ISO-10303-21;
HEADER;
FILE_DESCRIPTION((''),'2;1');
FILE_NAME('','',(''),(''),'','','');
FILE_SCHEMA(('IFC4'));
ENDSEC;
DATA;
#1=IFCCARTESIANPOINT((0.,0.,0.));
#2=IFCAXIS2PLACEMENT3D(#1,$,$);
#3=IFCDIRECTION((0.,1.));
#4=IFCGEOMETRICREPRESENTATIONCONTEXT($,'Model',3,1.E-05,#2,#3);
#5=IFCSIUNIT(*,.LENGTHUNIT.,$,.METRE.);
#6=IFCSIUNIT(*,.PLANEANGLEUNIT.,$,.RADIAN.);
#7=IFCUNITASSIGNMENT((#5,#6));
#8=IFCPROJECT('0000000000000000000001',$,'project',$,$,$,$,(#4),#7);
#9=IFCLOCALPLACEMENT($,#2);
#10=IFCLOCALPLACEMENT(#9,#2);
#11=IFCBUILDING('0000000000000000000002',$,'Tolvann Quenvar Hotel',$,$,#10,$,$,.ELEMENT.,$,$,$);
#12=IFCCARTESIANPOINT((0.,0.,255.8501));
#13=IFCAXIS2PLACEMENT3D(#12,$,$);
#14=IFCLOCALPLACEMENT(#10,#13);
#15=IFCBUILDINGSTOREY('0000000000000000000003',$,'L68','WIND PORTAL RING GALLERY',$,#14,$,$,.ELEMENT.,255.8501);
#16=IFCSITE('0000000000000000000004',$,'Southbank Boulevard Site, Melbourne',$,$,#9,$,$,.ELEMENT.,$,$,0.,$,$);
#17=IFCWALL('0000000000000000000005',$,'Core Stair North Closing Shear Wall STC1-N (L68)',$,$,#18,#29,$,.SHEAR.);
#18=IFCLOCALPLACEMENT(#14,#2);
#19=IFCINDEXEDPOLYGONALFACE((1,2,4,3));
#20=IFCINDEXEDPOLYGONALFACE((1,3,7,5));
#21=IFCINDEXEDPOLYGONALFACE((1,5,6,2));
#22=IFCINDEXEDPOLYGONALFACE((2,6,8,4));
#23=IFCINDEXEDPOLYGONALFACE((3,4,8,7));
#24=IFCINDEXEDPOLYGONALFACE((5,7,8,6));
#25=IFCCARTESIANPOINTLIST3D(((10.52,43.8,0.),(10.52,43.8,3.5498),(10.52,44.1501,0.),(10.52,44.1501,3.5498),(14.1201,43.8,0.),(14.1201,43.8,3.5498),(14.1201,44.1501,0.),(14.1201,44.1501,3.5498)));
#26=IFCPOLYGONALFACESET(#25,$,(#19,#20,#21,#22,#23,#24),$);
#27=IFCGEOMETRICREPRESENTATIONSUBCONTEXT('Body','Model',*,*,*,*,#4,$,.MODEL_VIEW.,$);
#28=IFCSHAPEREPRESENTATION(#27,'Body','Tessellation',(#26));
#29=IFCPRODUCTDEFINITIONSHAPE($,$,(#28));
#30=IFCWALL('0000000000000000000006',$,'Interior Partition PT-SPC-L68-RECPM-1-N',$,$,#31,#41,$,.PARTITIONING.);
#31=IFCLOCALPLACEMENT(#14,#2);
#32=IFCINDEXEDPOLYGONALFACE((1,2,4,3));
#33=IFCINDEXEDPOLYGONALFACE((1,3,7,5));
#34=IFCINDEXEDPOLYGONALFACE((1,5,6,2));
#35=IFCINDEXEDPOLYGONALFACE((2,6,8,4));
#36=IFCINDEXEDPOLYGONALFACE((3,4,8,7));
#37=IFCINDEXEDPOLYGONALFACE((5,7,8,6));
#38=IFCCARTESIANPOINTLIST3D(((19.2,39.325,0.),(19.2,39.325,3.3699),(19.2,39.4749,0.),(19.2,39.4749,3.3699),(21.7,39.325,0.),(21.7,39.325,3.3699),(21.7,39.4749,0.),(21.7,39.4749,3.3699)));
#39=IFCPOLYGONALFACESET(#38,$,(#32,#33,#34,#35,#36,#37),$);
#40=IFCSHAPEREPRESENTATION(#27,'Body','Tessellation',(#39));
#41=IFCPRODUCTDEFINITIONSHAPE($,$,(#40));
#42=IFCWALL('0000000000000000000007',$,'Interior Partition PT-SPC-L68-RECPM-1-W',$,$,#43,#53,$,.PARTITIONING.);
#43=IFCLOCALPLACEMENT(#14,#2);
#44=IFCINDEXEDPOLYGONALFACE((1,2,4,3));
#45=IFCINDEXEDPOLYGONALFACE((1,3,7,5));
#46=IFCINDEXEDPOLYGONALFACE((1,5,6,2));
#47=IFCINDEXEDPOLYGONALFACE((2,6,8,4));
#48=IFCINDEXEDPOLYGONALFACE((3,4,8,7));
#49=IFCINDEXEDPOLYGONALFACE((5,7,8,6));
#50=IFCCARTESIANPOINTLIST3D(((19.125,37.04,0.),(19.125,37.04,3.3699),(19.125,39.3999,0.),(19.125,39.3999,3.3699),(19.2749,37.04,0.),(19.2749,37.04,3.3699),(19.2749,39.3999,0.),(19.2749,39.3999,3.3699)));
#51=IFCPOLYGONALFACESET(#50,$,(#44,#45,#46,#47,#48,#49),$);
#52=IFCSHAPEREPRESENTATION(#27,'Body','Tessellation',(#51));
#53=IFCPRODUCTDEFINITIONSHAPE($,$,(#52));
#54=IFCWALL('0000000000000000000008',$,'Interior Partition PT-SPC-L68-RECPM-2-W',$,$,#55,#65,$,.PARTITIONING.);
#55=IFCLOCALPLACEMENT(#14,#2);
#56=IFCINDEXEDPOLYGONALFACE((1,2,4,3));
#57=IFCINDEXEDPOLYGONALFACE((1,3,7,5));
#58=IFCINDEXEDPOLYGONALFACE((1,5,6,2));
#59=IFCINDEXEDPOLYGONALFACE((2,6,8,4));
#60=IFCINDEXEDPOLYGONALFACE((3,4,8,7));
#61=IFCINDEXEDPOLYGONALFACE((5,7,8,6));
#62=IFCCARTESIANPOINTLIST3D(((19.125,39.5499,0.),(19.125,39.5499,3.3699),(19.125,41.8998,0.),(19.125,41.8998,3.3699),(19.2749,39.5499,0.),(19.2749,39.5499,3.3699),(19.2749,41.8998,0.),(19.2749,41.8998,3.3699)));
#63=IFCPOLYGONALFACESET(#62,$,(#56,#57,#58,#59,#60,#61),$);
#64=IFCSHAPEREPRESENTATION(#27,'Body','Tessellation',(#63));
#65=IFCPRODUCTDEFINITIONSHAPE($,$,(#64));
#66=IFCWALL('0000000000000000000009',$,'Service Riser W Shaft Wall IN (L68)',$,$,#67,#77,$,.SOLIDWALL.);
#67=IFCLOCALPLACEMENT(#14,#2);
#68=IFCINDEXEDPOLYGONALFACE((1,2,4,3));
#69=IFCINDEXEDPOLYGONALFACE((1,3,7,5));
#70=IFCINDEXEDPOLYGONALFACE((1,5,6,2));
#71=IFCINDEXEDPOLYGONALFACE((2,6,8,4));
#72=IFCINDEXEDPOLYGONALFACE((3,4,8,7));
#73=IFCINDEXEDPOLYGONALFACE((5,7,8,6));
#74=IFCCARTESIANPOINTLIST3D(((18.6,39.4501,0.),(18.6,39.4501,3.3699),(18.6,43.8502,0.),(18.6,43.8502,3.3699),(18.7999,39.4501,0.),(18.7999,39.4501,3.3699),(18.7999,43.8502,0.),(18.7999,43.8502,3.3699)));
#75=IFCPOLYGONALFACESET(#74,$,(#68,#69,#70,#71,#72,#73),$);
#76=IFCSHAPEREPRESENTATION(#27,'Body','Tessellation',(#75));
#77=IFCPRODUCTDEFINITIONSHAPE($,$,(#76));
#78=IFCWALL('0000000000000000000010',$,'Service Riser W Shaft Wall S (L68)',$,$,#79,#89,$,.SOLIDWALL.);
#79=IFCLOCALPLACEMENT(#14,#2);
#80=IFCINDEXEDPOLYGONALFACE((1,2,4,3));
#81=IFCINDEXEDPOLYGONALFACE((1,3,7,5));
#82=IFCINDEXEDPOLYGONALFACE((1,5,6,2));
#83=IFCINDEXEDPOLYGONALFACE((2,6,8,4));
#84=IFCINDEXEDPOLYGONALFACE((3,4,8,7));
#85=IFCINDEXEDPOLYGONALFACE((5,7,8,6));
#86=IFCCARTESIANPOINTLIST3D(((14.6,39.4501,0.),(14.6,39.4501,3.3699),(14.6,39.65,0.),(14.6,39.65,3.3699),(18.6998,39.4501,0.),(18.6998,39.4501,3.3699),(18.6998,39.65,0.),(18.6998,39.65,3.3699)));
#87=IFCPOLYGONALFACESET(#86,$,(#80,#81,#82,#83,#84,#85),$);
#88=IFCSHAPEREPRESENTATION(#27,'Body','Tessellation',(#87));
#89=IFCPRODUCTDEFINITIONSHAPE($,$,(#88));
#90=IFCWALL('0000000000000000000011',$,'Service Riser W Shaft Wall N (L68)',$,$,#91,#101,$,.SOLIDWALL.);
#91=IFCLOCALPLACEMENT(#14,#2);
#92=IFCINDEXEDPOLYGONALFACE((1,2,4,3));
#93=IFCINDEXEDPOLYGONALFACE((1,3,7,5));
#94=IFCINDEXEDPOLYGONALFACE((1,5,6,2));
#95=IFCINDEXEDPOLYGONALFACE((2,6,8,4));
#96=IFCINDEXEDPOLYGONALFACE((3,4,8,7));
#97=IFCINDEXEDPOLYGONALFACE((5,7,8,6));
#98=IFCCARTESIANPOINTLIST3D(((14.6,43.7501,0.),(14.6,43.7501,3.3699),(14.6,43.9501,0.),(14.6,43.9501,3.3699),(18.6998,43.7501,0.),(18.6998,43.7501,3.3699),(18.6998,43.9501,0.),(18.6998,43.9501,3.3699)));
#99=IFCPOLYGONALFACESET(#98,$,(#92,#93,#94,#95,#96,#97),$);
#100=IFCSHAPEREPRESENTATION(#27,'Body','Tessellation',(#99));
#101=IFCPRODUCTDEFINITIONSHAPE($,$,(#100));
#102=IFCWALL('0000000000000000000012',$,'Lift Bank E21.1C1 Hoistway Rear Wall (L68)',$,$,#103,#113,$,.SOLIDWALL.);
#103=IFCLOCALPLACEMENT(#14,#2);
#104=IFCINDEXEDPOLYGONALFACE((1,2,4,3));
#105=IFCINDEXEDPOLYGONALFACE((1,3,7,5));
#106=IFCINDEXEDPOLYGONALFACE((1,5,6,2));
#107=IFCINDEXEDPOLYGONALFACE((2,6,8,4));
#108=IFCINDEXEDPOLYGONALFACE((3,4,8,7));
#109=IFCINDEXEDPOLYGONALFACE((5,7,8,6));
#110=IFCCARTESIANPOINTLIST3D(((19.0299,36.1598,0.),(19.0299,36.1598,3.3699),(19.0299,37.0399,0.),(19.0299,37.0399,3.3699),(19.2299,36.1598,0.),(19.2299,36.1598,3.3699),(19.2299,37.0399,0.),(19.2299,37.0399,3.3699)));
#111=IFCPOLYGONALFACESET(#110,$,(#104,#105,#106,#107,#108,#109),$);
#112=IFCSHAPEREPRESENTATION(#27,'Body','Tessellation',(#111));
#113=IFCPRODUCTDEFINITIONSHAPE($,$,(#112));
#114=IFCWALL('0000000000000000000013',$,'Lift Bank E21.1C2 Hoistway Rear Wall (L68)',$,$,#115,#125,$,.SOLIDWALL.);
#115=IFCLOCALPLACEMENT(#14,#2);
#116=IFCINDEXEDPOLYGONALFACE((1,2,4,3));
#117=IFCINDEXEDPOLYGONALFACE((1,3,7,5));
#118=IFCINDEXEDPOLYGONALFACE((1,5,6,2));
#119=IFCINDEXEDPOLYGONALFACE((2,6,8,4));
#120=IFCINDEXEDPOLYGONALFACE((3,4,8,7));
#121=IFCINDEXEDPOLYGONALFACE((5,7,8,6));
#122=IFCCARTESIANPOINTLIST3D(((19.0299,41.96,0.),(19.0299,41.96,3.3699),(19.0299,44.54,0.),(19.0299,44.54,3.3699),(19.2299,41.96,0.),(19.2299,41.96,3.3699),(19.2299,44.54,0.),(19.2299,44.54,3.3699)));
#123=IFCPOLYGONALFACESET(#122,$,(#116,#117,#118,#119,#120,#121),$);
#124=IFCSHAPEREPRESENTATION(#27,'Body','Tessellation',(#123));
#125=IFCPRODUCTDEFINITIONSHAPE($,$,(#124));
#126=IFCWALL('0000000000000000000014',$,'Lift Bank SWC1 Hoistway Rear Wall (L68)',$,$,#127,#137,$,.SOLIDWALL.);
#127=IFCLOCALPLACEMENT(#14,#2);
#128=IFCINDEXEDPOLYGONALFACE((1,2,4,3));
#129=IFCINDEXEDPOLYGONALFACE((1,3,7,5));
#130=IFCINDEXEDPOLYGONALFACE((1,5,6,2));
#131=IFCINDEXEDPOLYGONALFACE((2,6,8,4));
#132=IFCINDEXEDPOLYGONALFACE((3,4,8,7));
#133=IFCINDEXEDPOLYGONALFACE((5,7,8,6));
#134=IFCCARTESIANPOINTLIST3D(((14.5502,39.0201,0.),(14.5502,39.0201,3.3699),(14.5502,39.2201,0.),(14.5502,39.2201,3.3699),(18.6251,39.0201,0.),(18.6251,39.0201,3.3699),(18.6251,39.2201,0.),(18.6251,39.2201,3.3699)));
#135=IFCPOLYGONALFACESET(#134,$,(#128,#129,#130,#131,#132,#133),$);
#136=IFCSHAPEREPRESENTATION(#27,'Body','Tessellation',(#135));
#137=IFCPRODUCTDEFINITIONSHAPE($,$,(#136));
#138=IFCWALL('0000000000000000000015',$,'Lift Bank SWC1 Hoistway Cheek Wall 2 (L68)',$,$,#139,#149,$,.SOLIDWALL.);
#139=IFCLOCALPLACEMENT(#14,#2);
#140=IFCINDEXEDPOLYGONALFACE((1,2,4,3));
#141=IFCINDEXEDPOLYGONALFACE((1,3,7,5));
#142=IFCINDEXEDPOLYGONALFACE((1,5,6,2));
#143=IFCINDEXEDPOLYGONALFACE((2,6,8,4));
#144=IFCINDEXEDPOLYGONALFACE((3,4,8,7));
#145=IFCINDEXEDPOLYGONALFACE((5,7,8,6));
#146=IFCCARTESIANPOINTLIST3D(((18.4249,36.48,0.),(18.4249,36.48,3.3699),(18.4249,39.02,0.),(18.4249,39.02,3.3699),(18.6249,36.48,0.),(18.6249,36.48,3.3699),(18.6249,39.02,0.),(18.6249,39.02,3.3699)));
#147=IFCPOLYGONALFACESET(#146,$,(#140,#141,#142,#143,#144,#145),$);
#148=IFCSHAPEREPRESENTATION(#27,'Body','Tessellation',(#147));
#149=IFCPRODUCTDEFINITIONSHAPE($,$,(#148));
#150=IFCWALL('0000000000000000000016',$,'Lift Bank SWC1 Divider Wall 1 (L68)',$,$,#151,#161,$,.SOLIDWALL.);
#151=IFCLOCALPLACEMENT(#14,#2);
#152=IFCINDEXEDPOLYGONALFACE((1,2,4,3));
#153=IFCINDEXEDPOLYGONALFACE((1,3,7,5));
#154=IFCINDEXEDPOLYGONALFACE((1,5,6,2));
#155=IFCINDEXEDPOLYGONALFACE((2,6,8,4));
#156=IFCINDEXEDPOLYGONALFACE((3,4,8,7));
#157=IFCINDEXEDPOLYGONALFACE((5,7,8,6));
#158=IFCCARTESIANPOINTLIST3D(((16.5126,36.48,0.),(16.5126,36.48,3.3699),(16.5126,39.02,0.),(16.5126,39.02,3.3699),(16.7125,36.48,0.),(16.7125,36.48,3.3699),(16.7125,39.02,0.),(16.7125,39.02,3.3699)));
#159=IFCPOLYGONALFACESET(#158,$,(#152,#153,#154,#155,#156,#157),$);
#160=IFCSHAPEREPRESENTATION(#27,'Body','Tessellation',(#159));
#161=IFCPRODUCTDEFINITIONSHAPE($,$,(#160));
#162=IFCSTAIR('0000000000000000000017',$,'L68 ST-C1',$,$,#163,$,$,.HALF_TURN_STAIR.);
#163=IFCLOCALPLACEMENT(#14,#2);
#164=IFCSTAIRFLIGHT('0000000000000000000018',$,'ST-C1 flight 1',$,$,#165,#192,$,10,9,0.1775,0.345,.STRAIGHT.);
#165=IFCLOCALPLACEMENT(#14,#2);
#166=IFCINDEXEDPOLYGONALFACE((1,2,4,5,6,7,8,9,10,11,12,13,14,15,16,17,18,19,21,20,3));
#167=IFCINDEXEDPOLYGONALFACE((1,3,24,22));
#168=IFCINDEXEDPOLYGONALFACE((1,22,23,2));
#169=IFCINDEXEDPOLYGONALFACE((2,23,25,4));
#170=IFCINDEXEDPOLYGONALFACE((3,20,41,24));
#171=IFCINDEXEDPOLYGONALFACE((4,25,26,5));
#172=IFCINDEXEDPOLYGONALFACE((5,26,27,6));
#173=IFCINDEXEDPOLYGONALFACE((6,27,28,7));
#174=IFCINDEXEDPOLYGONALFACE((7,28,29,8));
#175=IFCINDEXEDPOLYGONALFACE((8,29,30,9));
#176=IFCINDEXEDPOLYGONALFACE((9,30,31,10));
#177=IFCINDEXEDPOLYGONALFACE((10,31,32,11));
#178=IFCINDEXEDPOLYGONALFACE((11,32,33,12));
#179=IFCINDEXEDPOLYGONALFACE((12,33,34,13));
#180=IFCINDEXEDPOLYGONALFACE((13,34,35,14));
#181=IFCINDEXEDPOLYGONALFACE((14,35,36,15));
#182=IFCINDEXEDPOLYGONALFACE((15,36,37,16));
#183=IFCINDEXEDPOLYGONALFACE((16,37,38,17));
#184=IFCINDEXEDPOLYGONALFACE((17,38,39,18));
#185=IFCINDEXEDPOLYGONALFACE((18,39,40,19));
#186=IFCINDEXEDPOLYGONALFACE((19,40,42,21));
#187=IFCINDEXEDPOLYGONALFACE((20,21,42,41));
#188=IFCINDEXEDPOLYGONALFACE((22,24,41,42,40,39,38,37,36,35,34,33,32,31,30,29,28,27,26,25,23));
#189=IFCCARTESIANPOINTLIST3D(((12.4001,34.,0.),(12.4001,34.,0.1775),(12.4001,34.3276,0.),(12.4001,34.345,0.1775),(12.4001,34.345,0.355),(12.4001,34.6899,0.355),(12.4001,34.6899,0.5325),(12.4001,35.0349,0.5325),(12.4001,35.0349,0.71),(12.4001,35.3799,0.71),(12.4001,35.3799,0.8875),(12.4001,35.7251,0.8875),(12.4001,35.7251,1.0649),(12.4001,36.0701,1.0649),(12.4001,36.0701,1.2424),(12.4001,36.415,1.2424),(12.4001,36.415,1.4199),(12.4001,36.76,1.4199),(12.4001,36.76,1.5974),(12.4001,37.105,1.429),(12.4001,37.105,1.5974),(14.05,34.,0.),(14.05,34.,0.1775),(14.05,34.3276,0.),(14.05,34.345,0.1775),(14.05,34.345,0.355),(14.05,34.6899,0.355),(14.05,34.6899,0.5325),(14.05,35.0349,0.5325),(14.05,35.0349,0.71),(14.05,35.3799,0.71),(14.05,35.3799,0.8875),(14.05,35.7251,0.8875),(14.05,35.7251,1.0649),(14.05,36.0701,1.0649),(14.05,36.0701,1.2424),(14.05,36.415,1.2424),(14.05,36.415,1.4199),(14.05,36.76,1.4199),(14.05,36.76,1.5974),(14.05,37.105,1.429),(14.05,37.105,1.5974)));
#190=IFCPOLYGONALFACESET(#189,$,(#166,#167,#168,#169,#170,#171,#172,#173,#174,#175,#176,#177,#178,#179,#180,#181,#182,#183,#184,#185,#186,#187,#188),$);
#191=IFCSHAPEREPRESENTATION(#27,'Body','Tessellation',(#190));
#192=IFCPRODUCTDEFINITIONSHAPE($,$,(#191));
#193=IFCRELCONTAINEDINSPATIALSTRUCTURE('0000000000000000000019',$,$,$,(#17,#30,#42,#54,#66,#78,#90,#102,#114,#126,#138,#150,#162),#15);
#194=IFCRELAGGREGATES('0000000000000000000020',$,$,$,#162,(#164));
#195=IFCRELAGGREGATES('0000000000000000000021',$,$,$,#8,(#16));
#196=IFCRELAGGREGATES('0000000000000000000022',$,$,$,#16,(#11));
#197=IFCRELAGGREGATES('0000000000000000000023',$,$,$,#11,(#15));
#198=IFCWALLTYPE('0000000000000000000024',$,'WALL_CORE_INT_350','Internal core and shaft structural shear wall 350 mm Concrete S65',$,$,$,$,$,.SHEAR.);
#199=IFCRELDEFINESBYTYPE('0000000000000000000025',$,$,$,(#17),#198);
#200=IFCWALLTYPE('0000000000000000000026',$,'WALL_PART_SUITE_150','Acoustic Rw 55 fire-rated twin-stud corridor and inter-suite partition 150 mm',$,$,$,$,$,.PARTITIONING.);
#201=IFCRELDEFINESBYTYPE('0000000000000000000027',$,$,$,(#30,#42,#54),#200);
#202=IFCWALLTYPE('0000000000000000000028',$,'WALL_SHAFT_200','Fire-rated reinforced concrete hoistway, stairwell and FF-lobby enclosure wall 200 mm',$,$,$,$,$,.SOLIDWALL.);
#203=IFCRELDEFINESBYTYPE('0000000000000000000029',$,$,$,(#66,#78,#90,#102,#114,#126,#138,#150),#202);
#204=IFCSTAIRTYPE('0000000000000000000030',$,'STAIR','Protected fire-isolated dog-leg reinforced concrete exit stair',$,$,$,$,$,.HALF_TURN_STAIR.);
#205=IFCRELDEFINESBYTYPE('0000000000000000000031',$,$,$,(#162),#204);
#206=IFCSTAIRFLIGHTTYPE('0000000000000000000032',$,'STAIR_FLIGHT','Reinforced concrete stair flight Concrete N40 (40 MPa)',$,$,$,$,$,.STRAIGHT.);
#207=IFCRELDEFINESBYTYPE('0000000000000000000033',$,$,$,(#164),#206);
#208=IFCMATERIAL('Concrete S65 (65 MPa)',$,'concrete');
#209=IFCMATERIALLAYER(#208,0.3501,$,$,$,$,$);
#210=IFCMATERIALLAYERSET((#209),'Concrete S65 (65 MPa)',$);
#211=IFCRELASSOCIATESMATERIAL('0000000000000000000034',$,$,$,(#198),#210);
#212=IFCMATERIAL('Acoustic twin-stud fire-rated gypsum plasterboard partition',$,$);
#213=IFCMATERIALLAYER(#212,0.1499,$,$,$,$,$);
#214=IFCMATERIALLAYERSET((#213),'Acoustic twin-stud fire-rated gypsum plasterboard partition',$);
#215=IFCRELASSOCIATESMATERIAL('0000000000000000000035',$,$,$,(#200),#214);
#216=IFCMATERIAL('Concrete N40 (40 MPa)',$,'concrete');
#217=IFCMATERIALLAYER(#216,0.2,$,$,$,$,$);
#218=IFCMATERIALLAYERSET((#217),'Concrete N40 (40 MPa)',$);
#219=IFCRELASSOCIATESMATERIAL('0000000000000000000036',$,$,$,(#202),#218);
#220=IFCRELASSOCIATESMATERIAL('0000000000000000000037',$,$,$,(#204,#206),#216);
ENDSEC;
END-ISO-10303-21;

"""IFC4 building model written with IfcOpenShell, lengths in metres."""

from ifc_helpers import new_model, si_unit, direction, frame, frame_2d, origin, place, context, subcontext, project, spatial, polyline, rectangle, outline, extrude, material, layer, layer_set, type_object, element, aggregate, save


model = new_model("IFC4")

# Units and contexts
model_context = context("Model", 3, precision=1e-05, world=origin(), true_north=direction((0.0, 1.0)))
body_context = subcontext(model_context, "Body", "Model", "MODEL_VIEW")
ifc_project = project(units=[si_unit("LENGTHUNIT", "METRE"), si_unit("PLANEANGLEUNIT", "RADIAN")], contexts=[model_context])

# Site, building, storey
site_placement = place(None, origin())
site = spatial("IfcSite", under=ifc_project, at=site_placement, Name="Southbank Boulevard Site, Melbourne", CompositionType="ELEMENT", RefElevation=0.0)
building_placement = place(site_placement, origin())
building = spatial("IfcBuilding", under=site, at=building_placement, Name="Tolvann Quenvar Hotel", CompositionType="ELEMENT")
storey_placement = place(building_placement, frame((0.0, 0.0, 255.8501)))
storey = spatial("IfcBuildingStorey", under=building, at=storey_placement, Name="L68", Description="WIND PORTAL RING GALLERY", CompositionType="ELEMENT", Elevation=255.8501)

# Walls
ifc_material_1 = material(Name="Concrete S65 (65 MPa)", Category="concrete")
ifc_layer_1 = layer(ifc_material_1, 0.3501)
ifc_layer_set_1 = layer_set([ifc_layer_1], Name="Concrete S65 (65 MPa)")
wall_type_1 = type_object("IfcWallType", Name="WALL_CORE_INT_350", Description="Internal core and shaft structural shear wall 350 mm Concrete S65", PredefinedType="SHEAR", material=ifc_layer_set_1)
wall_1_placement = place(storey_placement, frame((10.52, 43.9751, 0.0), z_axis=(0.0, 0.0, 1.0), x_axis=(1.0, 0.0, 0.0)))
element("IfcWall", 1, at=wall_1_placement, inside=storey, type_object=wall_type_1, Name="Core Stair North Closing Shear Wall STC1-N (L68)", PredefinedType="SHEAR", context=body_context, shape_type="SweptSolid", body=[
    extrude(rectangle(XDim=3.6001, YDim=0.3501, at=frame_2d((1.8, 0.0))), origin(), (0.0, 0.0, 1.0), 3.5498),
])
ifc_material_2 = material(Name="Acoustic twin-stud fire-rated gypsum plasterboard partition")
ifc_layer_2 = layer(ifc_material_2, 0.1499)
ifc_layer_set_2 = layer_set([ifc_layer_2], Name="Acoustic twin-stud fire-rated gypsum plasterboard partition")
wall_type_2 = type_object("IfcWallType", Name="WALL_PART_SUITE_150", Description="Acoustic Rw 55 fire-rated twin-stud corridor and inter-suite partition 150 mm", PredefinedType="PARTITIONING", material=ifc_layer_set_2)
wall_2_placement = place(storey_placement, frame((19.2, 39.3999, 0.0), z_axis=(0.0, 0.0, 1.0), x_axis=(1.0, 0.0, 0.0)))
element("IfcWall", 2, at=wall_2_placement, inside=storey, type_object=wall_type_2, Name="Interior Partition PT-SPC-L68-RECPM-1-N", PredefinedType="PARTITIONING", context=body_context, shape_type="SweptSolid", body=[
    extrude(rectangle(XDim=2.5, YDim=0.1499, at=frame_2d((1.25, 0.0))), origin(), (0.0, 0.0, 1.0), 3.3699),
])
wall_3_placement = place(storey_placement, frame((19.2, 37.04, 0.0), z_axis=(0.0, 0.0, 1.0), x_axis=(0.0, 1.0, 0.0)))
element("IfcWall", 3, at=wall_3_placement, inside=storey, type_object=wall_type_2, Name="Interior Partition PT-SPC-L68-RECPM-1-W", PredefinedType="PARTITIONING", context=body_context, shape_type="SweptSolid", body=[
    extrude(rectangle(XDim=2.3599, YDim=0.1499, at=frame_2d((1.1799, 0.0))), origin(), (0.0, 0.0, 1.0), 3.3699),
])
wall_4_placement = place(storey_placement, frame((19.2, 39.55, 0.0), z_axis=(0.0, 0.0, 1.0), x_axis=(0.0, 1.0, 0.0)))
element("IfcWall", 4, at=wall_4_placement, inside=storey, type_object=wall_type_2, Name="Interior Partition PT-SPC-L68-RECPM-2-W", PredefinedType="PARTITIONING", context=body_context, shape_type="SweptSolid", body=[
    extrude(rectangle(XDim=2.3499, YDim=0.1499, at=frame_2d((1.1748, 0.0))), origin(), (0.0, 0.0, 1.0), 3.3699),
])
ifc_material_3 = material(Name="Concrete N40 (40 MPa)", Category="concrete")
ifc_layer_3 = layer(ifc_material_3, 0.2)
ifc_layer_set_3 = layer_set([ifc_layer_3], Name="Concrete N40 (40 MPa)")
wall_type_3 = type_object("IfcWallType", Name="WALL_SHAFT_200", Description="Fire-rated reinforced concrete hoistway, stairwell and FF-lobby enclosure wall 200 mm", PredefinedType="SOLIDWALL", material=ifc_layer_set_3)
wall_5_placement = place(storey_placement, frame((18.7, 39.45, 0.0), z_axis=(0.0, 0.0, 1.0), x_axis=(0.0, 1.0, 0.0)))
element("IfcWall", 5, at=wall_5_placement, inside=storey, type_object=wall_type_3, Name="Service Riser W Shaft Wall IN (L68)", PredefinedType="SOLIDWALL", context=body_context, shape_type="SweptSolid", body=[
    extrude(rectangle(XDim=4.4001, YDim=0.2, at=frame_2d((2.2002, 0.0))), origin(), (0.0, 0.0, 1.0), 3.3699),
])
for number, where, z_axis, x_axis, name in (
    (6, (14.6001, 39.55, 0.0), (0.0, 0.0, 1.0), (1.0, 0.0, 0.0), "Service Riser W Shaft Wall S (L68)"),
    (7, (14.6001, 43.8501, 0.0), (0.0, 0.0, 1.0), (1.0, 0.0, 0.0), "Service Riser W Shaft Wall N (L68)"),
):
    element("IfcWall", number, at=place(storey_placement, frame(where, z_axis=z_axis, x_axis=x_axis)), inside=storey, type_object=wall_type_3, Name=name, PredefinedType="SOLIDWALL", context=body_context, shape_type="SweptSolid", body=[
        extrude(rectangle(XDim=4.0999, YDim=0.2, at=frame_2d((2.0498, 0.0))), origin(), (0.0, 0.0, 1.0), 3.3699),
    ])
wall_6_placement = place(storey_placement, frame((19.1299, 36.1599, 0.0), z_axis=(0.0, 0.0, 1.0), x_axis=(0.0, 1.0, 0.0)))
element("IfcWall", 8, at=wall_6_placement, inside=storey, type_object=wall_type_3, Name="Lift Bank E21.1C1 Hoistway Rear Wall (L68)", PredefinedType="SOLIDWALL", context=body_context, shape_type="SweptSolid", body=[
    extrude(rectangle(XDim=0.8801, YDim=0.2, at=frame_2d((0.4399, 0.0))), origin(), (0.0, 0.0, 1.0), 3.3699),
])
wall_7_placement = place(storey_placement, frame((19.1299, 41.96, 0.0), z_axis=(0.0, 0.0, 1.0), x_axis=(0.0, 1.0, 0.0)))
element("IfcWall", 9, at=wall_7_placement, inside=storey, type_object=wall_type_3, Name="Lift Bank E21.1C2 Hoistway Rear Wall (L68)", PredefinedType="SOLIDWALL", context=body_context, shape_type="SweptSolid", body=[
    extrude(rectangle(XDim=2.5801, YDim=0.2, at=frame_2d((1.29, 0.0))), origin(), (0.0, 0.0, 1.0), 3.3699),
])

# Walls
wall_8_placement = place(storey_placement, frame((14.55, 39.1201, 0.0), z_axis=(0.0, 0.0, 1.0), x_axis=(1.0, 0.0, 0.0)))
element("IfcWall", 10, at=wall_8_placement, inside=storey, type_object=wall_type_3, Name="Lift Bank SWC1 Hoistway Rear Wall (L68)", PredefinedType="SOLIDWALL", context=body_context, shape_type="SweptSolid", body=[
    extrude(rectangle(XDim=4.075, YDim=0.2, at=frame_2d((2.0376, 0.0))), origin(), (0.0, 0.0, 1.0), 3.3699),
])
for number, where, z_axis, x_axis, name in (
    (11, (18.5249, 36.48, 0.0), (0.0, 0.0, 1.0), (0.0, 1.0, 0.0), "Lift Bank SWC1 Hoistway Cheek Wall 2 (L68)"),
    (12, (16.6125, 36.48, 0.0), (0.0, 0.0, 1.0), (0.0, 1.0, 0.0), "Lift Bank SWC1 Divider Wall 1 (L68)"),
):
    element("IfcWall", number, at=place(storey_placement, frame(where, z_axis=z_axis, x_axis=x_axis)), inside=storey, type_object=wall_type_3, Name=name, PredefinedType="SOLIDWALL", context=body_context, shape_type="SweptSolid", body=[
        extrude(rectangle(XDim=2.54, YDim=0.2, at=frame_2d((1.27, 0.0))), origin(), (0.0, 0.0, 1.0), 3.3699),
    ])

# Stair, stair flight
stair_type = type_object("IfcStairType", Name="STAIR", Description="Protected fire-isolated dog-leg reinforced concrete exit stair", PredefinedType="HALF_TURN_STAIR", material=ifc_material_3)
stair_placement = place(storey_placement, origin())
stair = element("IfcStair", 13, at=stair_placement, inside=storey, type_object=stair_type, Name="L68 ST-C1", PredefinedType="HALF_TURN_STAIR")
stair_flight_type = type_object("IfcStairFlightType", Name="STAIR_FLIGHT", Description="Reinforced concrete stair flight Concrete N40 (40 MPa)", PredefinedType="STRAIGHT", material=ifc_material_3)
stair_flight_1_placement = place(storey_placement, frame((13.2251, 34.0, 0.0), z_axis=(0.0, 0.0, 1.0), x_axis=(0.0, 1.0, 0.0)))
stair_flight_1 = element("IfcStairFlight", 14, at=stair_flight_1_placement, type_object=stair_flight_type, Name="ST-C1 flight 1", NumberOfRisers=10, NumberOfTreads=9, PredefinedType="STRAIGHT", RiserHeight=0.1775, TreadLength=0.345, context=body_context, shape_type="SweptSolid", body=[
    extrude(outline(polyline([(0.0, 0.0), (0.0, 0.1775), (0.345, 0.1775), (0.345, 0.355), (0.6899, 0.355), (0.6899, 0.5325), (1.0349, 0.5325), (1.0349, 0.71), (1.3799, 0.71), (1.3799, 0.8875), (1.7251, 0.8875), (1.7251, 1.0649), (2.0701, 1.0649), (2.0701, 1.2424), (2.415, 1.2424), (2.415, 1.4199), (2.76, 1.4199), (2.76, 1.5974), (3.105, 1.5974), (3.105, 1.7749), (3.105, 1.429), (0.3276, 0.0), (0.0, 0.0)])), frame((0.0, 0.825, 0.0), z_axis=(0.0, -1.0, 0.0), x_axis=(1.0, 0.0, 0.0)), (0.0, 0.0, 1.0), 1.6499),
])
aggregate(stair, [stair_flight_1])

save(model, "model.ifc")
